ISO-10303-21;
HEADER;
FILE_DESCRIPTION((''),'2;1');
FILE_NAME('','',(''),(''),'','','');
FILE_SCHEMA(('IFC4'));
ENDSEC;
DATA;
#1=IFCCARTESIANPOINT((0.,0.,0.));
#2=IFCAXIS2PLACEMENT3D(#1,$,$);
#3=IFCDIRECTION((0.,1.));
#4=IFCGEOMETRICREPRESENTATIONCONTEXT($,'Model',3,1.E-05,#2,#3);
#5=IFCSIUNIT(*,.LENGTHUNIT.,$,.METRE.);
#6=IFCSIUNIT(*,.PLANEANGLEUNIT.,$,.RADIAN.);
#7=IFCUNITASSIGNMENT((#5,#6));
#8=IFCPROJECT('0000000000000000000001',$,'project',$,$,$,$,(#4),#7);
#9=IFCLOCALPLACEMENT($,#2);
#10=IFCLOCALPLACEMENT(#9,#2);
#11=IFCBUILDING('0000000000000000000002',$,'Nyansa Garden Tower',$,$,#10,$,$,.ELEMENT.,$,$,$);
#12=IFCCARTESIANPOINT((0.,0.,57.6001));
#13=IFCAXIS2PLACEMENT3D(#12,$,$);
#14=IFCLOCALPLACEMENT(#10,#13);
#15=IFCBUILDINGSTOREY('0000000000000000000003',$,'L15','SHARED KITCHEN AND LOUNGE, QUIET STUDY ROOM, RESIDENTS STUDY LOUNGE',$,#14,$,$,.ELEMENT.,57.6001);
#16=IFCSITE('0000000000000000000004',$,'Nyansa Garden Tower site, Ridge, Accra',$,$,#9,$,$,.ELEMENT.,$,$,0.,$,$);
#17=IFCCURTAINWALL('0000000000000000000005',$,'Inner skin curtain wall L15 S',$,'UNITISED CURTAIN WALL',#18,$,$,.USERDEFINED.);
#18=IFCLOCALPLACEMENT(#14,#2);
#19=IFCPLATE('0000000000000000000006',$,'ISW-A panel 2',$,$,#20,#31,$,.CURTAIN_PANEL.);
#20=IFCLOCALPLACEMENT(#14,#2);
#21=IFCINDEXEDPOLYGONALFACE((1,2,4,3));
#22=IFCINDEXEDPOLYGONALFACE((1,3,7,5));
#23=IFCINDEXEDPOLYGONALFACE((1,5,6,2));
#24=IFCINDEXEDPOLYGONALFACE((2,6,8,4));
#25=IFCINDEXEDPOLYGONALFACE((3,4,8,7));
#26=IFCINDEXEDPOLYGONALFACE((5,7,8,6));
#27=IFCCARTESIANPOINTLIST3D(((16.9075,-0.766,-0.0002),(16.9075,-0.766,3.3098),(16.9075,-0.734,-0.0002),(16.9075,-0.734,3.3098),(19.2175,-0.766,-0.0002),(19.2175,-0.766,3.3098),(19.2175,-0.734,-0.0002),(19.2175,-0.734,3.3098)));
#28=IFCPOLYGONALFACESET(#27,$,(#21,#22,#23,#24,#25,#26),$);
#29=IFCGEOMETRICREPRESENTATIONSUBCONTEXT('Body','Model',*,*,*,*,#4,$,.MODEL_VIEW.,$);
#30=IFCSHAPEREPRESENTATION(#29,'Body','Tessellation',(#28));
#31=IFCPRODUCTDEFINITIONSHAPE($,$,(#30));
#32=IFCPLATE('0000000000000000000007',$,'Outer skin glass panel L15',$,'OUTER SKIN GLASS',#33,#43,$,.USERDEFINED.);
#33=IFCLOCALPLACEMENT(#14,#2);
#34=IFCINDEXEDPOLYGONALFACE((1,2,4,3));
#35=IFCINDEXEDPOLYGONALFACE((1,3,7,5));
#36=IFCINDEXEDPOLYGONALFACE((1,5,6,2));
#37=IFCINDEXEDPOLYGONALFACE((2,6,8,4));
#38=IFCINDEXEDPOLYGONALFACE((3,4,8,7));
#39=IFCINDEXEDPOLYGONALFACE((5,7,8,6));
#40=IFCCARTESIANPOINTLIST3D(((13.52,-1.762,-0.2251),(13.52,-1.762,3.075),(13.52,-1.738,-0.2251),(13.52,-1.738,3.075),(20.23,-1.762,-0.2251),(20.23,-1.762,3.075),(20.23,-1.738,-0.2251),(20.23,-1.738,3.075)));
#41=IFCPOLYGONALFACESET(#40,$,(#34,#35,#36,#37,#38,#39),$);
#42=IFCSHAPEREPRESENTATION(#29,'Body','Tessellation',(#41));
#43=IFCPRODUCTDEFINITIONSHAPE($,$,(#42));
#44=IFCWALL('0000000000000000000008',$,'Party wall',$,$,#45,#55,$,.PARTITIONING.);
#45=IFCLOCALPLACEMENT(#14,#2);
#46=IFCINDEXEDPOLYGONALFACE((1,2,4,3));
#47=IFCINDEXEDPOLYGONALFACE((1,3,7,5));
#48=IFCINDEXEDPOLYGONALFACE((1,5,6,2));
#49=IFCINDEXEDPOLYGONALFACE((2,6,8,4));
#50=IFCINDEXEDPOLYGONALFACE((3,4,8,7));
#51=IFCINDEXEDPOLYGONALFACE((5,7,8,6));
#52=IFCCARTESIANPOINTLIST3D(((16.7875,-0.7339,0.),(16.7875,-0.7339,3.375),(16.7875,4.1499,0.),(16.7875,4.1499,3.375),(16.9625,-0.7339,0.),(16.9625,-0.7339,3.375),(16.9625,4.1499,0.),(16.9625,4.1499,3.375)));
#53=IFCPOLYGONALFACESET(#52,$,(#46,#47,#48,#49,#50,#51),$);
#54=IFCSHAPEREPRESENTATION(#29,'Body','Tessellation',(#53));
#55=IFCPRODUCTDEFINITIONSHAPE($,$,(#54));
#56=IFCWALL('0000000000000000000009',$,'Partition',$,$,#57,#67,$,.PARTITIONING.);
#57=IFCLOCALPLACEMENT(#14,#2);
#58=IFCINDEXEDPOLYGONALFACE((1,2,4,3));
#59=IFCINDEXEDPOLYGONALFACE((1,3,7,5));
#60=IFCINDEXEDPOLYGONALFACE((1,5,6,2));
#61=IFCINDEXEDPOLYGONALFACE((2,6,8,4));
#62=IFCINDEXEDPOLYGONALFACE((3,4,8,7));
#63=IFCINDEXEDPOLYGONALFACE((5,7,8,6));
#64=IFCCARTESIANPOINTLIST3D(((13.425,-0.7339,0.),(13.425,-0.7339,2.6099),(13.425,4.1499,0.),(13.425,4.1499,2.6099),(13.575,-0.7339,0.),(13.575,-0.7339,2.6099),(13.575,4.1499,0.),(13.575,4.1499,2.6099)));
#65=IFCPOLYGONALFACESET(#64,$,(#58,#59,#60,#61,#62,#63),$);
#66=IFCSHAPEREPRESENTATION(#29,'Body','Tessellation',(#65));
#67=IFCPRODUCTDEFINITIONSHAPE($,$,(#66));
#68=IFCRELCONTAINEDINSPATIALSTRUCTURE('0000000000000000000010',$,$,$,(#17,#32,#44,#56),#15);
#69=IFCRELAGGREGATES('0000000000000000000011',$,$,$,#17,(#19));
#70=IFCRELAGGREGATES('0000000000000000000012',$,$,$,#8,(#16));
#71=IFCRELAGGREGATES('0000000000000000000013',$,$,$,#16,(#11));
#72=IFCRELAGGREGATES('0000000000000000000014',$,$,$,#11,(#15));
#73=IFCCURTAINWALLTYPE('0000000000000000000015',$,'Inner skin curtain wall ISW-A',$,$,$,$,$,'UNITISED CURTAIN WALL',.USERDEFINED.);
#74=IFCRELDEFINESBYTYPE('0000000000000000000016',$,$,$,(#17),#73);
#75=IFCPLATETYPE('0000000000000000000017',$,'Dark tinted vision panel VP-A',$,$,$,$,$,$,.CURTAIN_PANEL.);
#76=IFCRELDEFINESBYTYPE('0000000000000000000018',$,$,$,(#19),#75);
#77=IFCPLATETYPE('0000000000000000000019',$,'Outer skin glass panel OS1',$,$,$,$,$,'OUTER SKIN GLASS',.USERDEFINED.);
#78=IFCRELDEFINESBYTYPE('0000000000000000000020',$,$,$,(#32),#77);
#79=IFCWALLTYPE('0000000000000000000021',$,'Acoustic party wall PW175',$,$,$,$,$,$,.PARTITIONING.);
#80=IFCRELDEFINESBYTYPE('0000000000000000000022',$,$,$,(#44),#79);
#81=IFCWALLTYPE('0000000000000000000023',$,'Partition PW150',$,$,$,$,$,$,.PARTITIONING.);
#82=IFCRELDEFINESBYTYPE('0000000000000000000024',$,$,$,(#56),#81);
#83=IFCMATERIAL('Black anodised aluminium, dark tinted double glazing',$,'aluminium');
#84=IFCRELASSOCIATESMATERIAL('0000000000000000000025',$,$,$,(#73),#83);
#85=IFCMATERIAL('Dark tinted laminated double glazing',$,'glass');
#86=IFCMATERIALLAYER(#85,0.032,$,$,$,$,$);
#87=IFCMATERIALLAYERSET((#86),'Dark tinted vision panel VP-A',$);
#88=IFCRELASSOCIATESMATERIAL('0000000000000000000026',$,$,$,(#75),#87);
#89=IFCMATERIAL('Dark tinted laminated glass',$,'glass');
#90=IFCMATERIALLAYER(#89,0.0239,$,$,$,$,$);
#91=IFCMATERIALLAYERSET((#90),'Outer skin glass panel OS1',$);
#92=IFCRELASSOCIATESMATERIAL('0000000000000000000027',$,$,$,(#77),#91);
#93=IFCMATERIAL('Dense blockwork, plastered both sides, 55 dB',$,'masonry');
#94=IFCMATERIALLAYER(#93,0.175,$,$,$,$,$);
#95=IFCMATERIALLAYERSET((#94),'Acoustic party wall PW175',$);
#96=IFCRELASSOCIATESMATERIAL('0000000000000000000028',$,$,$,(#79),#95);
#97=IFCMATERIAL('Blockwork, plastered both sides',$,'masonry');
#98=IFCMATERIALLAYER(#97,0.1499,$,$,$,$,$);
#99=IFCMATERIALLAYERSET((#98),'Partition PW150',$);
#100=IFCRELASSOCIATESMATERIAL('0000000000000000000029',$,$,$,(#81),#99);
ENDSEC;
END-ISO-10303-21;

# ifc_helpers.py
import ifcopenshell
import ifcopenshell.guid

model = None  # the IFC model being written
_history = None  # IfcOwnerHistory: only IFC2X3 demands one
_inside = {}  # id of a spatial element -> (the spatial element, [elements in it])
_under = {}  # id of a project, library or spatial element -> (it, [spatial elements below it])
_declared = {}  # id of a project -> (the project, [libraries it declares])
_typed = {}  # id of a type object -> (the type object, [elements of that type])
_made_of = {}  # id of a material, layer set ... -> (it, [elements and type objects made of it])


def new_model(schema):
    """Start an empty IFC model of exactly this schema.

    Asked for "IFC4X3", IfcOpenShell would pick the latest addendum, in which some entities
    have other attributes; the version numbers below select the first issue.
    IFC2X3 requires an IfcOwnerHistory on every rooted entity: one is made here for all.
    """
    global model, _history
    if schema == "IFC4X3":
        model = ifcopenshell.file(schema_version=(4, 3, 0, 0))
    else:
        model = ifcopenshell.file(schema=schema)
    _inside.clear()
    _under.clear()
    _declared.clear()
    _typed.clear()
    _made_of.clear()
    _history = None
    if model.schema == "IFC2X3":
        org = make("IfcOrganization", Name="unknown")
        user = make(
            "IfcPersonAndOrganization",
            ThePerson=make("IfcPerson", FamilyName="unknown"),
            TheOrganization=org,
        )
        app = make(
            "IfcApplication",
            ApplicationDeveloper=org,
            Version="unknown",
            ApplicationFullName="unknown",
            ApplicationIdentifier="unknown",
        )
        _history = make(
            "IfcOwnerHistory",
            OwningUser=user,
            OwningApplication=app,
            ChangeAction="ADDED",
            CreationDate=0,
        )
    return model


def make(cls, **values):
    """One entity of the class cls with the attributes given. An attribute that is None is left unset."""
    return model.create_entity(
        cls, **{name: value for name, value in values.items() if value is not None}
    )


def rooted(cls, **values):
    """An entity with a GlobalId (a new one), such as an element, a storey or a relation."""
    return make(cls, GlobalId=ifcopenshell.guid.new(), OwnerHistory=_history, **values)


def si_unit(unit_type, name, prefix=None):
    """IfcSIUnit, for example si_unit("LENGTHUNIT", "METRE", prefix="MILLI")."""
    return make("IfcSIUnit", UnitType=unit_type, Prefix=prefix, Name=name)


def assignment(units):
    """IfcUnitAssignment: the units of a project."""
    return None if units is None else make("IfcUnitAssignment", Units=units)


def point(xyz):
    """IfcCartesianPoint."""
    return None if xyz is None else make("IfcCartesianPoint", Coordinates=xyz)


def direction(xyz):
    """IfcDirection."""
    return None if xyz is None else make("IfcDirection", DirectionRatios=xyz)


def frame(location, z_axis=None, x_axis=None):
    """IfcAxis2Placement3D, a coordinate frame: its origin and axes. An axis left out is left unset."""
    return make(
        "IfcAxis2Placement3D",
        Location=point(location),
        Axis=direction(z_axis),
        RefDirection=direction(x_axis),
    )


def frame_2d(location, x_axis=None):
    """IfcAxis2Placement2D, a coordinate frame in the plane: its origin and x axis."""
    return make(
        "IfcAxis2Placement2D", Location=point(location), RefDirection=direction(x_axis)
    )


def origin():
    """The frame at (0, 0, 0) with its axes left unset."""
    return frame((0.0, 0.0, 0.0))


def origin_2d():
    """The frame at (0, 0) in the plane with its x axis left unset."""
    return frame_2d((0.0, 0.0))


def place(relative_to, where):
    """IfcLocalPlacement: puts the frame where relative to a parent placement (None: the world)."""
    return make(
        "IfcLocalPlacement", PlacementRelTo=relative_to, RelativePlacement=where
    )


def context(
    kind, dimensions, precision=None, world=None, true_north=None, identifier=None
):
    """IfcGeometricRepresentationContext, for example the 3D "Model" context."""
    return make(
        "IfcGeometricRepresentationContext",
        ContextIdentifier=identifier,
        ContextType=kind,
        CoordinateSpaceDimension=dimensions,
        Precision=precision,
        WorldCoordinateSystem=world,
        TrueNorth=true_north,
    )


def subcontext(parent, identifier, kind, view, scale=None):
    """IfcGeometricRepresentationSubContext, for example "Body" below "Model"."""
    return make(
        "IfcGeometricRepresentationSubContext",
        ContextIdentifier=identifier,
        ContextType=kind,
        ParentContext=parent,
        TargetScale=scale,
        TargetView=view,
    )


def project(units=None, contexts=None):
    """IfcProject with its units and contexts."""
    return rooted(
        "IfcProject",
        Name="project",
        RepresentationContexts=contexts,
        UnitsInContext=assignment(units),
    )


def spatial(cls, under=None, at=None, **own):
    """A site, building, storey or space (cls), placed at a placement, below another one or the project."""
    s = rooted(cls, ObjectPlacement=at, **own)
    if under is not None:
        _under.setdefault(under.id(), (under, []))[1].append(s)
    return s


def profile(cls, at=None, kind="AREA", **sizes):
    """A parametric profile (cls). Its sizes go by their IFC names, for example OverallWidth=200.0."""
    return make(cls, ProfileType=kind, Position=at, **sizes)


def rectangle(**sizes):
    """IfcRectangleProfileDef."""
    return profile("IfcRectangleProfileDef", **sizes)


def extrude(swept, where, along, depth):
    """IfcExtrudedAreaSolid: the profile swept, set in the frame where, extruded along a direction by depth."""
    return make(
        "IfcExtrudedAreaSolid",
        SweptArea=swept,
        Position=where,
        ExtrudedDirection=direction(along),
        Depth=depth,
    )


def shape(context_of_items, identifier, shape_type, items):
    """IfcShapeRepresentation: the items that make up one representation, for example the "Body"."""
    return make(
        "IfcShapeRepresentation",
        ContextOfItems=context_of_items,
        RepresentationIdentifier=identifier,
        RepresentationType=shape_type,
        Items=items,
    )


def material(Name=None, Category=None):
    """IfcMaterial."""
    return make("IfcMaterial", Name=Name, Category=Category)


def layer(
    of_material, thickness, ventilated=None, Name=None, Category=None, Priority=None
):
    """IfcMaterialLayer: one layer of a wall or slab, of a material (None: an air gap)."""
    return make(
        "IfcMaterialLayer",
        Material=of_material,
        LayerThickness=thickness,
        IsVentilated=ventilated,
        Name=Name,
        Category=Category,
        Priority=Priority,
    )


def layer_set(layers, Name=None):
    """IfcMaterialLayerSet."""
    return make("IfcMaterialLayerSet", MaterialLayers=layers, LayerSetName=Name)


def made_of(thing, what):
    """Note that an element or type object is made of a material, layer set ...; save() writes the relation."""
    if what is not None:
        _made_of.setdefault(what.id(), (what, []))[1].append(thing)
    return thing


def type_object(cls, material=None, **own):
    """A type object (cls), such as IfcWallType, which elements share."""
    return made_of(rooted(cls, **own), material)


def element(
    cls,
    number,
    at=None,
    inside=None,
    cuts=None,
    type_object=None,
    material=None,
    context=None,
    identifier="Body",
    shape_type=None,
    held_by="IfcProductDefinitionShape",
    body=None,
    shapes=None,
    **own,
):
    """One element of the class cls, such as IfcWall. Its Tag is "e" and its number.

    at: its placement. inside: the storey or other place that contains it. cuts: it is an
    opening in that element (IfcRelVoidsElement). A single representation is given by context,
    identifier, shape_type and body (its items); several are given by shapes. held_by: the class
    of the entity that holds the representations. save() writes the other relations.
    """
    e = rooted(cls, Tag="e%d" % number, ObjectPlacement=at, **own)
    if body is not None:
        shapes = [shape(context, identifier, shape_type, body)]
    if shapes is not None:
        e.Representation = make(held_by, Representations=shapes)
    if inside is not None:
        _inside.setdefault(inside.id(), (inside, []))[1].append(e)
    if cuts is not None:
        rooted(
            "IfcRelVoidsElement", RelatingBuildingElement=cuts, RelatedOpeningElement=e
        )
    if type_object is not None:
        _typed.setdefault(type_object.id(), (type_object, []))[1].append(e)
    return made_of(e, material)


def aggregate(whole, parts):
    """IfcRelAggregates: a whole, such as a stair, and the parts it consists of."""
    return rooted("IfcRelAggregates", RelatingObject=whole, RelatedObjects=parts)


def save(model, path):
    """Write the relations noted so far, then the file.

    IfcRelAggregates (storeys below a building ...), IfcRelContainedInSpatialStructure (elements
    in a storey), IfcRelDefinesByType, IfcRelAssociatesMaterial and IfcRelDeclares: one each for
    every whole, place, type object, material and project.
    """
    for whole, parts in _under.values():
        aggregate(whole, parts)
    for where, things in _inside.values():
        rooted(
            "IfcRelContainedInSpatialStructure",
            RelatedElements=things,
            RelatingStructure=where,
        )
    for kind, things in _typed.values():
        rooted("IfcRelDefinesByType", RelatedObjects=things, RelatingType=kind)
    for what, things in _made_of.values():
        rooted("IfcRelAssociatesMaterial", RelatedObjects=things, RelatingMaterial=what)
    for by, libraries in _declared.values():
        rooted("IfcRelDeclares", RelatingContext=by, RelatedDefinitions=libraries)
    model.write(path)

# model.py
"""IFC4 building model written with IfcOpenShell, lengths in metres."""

from ifc_helpers import new_model, si_unit, direction, frame, frame_2d, origin, origin_2d, place, context, subcontext, project, spatial, rectangle, extrude, material, layer, layer_set, type_object, element, aggregate, save


model = new_model("IFC4")

# Units and contexts
model_context = context("Model", 3, precision=1e-05, world=origin(), true_north=direction((0.0, 1.0)))
body_context = subcontext(model_context, "Body", "Model", "MODEL_VIEW")
ifc_project = project(units=[si_unit("LENGTHUNIT", "METRE"), si_unit("PLANEANGLEUNIT", "RADIAN")], contexts=[model_context])

# Site, building, storey
site_placement = place(None, origin())
site = spatial("IfcSite", under=ifc_project, at=site_placement, Name="Nyansa Garden Tower site, Ridge, Accra", CompositionType="ELEMENT", RefElevation=0.0)
building_placement = place(site_placement, origin())
building = spatial("IfcBuilding", under=site, at=building_placement, Name="Nyansa Garden Tower", CompositionType="ELEMENT")
storey_placement = place(building_placement, frame((0.0, 0.0, 57.6001)))
storey = spatial("IfcBuildingStorey", under=building, at=storey_placement, Name="L15", Description="SHARED KITCHEN AND LOUNGE, QUIET STUDY ROOM, RESIDENTS STUDY LOUNGE", CompositionType="ELEMENT", Elevation=57.6001)

# Curtain wall
ifc_material_1 = material(Name="Black anodised aluminium, dark tinted double glazing", Category="aluminium")
curtain_wall_type = type_object("IfcCurtainWallType", Name="Inner skin curtain wall ISW-A", ElementType="UNITISED CURTAIN WALL", PredefinedType="USERDEFINED", material=ifc_material_1)
curtain_wall_1_placement = place(storey_placement, origin())
curtain_wall_1 = element("IfcCurtainWall", 1, at=curtain_wall_1_placement, inside=storey, type_object=curtain_wall_type, Name="Inner skin curtain wall L15 S", ObjectType="UNITISED CURTAIN WALL", PredefinedType="USERDEFINED")

# Plates
ifc_material_2 = material(Name="Dark tinted laminated double glazing", Category="glass")
ifc_layer_1 = layer(ifc_material_2, 0.032)
ifc_layer_set_1 = layer_set([ifc_layer_1], Name="Dark tinted vision panel VP-A")
plate_type_1 = type_object("IfcPlateType", Name="Dark tinted vision panel VP-A", PredefinedType="CURTAIN_PANEL", material=ifc_layer_set_1)
plate_1_placement = place(storey_placement, frame((18.0625, -0.75, -0.0002), z_axis=(0.0, 0.0, 1.0), x_axis=(1.0, 0.0, 0.0)))
plate_1 = element("IfcPlate", 2, at=plate_1_placement, type_object=plate_type_1, Name="ISW-A panel 2", PredefinedType="CURTAIN_PANEL", context=body_context, shape_type="SweptSolid", body=[
    extrude(rectangle(XDim=2.3101, YDim=0.032, at=origin_2d()), origin(), (0.0, 0.0, 1.0), 3.3101),
])
aggregate(curtain_wall_1, [plate_1])
ifc_material_3 = material(Name="Dark tinted laminated glass", Category="glass")
ifc_layer_2 = layer(ifc_material_3, 0.0239)
ifc_layer_set_2 = layer_set([ifc_layer_2], Name="Outer skin glass panel OS1")
plate_type_2 = type_object("IfcPlateType", Name="Outer skin glass panel OS1", ElementType="OUTER SKIN GLASS", PredefinedType="USERDEFINED", material=ifc_layer_set_2)
plate_2_placement = place(storey_placement, frame((16.875, -1.75, -0.2251), z_axis=(0.0, 0.0, 1.0), x_axis=(1.0, 0.0, 0.0)))
element("IfcPlate", 3, at=plate_2_placement, inside=storey, type_object=plate_type_2, Name="Outer skin glass panel L15", ObjectType="OUTER SKIN GLASS", PredefinedType="USERDEFINED", context=body_context, shape_type="SweptSolid", body=[
    extrude(rectangle(XDim=6.71, YDim=0.0239, at=origin_2d()), origin(), (0.0, 0.0, 1.0), 3.3),
])

# Walls
ifc_material_4 = material(Name="Dense blockwork, plastered both sides, 55 dB", Category="masonry")
ifc_layer_3 = layer(ifc_material_4, 0.175)
ifc_layer_set_3 = layer_set([ifc_layer_3], Name="Acoustic party wall PW175")
wall_type_1 = type_object("IfcWallType", Name="Acoustic party wall PW175", PredefinedType="PARTITIONING", material=ifc_layer_set_3)
wall_1_placement = place(storey_placement, frame((16.875, -0.7339, 0.0), z_axis=(0.0, 0.0, 1.0), x_axis=(0.0, 1.0, 0.0)))
element("IfcWall", 4, at=wall_1_placement, inside=storey, type_object=wall_type_1, Name="Party wall", PredefinedType="PARTITIONING", context=body_context, shape_type="SweptSolid", body=[
    extrude(rectangle(XDim=4.8838, YDim=0.175, at=frame_2d((2.4419, 0.0))), origin(), (0.0, 0.0, 1.0), 3.375),
])
ifc_material_5 = material(Name="Blockwork, plastered both sides", Category="masonry")
ifc_layer_4 = layer(ifc_material_5, 0.1499)
ifc_layer_set_4 = layer_set([ifc_layer_4], Name="Partition PW150")
wall_type_2 = type_object("IfcWallType", Name="Partition PW150", PredefinedType="PARTITIONING", material=ifc_layer_set_4)
wall_2_placement = place(storey_placement, frame((13.5, -0.7339, 0.0), z_axis=(0.0, 0.0, 1.0), x_axis=(0.0, 1.0, 0.0)))
element("IfcWall", 5, at=wall_2_placement, inside=storey, type_object=wall_type_2, Name="Partition", PredefinedType="PARTITIONING", context=body_context, shape_type="SweptSolid", body=[
    extrude(rectangle(XDim=4.8838, YDim=0.1499, at=frame_2d((2.4419, 0.0))), origin(), (0.0, 0.0, 1.0), 2.6099),
])

save(model, "model.ifc")
